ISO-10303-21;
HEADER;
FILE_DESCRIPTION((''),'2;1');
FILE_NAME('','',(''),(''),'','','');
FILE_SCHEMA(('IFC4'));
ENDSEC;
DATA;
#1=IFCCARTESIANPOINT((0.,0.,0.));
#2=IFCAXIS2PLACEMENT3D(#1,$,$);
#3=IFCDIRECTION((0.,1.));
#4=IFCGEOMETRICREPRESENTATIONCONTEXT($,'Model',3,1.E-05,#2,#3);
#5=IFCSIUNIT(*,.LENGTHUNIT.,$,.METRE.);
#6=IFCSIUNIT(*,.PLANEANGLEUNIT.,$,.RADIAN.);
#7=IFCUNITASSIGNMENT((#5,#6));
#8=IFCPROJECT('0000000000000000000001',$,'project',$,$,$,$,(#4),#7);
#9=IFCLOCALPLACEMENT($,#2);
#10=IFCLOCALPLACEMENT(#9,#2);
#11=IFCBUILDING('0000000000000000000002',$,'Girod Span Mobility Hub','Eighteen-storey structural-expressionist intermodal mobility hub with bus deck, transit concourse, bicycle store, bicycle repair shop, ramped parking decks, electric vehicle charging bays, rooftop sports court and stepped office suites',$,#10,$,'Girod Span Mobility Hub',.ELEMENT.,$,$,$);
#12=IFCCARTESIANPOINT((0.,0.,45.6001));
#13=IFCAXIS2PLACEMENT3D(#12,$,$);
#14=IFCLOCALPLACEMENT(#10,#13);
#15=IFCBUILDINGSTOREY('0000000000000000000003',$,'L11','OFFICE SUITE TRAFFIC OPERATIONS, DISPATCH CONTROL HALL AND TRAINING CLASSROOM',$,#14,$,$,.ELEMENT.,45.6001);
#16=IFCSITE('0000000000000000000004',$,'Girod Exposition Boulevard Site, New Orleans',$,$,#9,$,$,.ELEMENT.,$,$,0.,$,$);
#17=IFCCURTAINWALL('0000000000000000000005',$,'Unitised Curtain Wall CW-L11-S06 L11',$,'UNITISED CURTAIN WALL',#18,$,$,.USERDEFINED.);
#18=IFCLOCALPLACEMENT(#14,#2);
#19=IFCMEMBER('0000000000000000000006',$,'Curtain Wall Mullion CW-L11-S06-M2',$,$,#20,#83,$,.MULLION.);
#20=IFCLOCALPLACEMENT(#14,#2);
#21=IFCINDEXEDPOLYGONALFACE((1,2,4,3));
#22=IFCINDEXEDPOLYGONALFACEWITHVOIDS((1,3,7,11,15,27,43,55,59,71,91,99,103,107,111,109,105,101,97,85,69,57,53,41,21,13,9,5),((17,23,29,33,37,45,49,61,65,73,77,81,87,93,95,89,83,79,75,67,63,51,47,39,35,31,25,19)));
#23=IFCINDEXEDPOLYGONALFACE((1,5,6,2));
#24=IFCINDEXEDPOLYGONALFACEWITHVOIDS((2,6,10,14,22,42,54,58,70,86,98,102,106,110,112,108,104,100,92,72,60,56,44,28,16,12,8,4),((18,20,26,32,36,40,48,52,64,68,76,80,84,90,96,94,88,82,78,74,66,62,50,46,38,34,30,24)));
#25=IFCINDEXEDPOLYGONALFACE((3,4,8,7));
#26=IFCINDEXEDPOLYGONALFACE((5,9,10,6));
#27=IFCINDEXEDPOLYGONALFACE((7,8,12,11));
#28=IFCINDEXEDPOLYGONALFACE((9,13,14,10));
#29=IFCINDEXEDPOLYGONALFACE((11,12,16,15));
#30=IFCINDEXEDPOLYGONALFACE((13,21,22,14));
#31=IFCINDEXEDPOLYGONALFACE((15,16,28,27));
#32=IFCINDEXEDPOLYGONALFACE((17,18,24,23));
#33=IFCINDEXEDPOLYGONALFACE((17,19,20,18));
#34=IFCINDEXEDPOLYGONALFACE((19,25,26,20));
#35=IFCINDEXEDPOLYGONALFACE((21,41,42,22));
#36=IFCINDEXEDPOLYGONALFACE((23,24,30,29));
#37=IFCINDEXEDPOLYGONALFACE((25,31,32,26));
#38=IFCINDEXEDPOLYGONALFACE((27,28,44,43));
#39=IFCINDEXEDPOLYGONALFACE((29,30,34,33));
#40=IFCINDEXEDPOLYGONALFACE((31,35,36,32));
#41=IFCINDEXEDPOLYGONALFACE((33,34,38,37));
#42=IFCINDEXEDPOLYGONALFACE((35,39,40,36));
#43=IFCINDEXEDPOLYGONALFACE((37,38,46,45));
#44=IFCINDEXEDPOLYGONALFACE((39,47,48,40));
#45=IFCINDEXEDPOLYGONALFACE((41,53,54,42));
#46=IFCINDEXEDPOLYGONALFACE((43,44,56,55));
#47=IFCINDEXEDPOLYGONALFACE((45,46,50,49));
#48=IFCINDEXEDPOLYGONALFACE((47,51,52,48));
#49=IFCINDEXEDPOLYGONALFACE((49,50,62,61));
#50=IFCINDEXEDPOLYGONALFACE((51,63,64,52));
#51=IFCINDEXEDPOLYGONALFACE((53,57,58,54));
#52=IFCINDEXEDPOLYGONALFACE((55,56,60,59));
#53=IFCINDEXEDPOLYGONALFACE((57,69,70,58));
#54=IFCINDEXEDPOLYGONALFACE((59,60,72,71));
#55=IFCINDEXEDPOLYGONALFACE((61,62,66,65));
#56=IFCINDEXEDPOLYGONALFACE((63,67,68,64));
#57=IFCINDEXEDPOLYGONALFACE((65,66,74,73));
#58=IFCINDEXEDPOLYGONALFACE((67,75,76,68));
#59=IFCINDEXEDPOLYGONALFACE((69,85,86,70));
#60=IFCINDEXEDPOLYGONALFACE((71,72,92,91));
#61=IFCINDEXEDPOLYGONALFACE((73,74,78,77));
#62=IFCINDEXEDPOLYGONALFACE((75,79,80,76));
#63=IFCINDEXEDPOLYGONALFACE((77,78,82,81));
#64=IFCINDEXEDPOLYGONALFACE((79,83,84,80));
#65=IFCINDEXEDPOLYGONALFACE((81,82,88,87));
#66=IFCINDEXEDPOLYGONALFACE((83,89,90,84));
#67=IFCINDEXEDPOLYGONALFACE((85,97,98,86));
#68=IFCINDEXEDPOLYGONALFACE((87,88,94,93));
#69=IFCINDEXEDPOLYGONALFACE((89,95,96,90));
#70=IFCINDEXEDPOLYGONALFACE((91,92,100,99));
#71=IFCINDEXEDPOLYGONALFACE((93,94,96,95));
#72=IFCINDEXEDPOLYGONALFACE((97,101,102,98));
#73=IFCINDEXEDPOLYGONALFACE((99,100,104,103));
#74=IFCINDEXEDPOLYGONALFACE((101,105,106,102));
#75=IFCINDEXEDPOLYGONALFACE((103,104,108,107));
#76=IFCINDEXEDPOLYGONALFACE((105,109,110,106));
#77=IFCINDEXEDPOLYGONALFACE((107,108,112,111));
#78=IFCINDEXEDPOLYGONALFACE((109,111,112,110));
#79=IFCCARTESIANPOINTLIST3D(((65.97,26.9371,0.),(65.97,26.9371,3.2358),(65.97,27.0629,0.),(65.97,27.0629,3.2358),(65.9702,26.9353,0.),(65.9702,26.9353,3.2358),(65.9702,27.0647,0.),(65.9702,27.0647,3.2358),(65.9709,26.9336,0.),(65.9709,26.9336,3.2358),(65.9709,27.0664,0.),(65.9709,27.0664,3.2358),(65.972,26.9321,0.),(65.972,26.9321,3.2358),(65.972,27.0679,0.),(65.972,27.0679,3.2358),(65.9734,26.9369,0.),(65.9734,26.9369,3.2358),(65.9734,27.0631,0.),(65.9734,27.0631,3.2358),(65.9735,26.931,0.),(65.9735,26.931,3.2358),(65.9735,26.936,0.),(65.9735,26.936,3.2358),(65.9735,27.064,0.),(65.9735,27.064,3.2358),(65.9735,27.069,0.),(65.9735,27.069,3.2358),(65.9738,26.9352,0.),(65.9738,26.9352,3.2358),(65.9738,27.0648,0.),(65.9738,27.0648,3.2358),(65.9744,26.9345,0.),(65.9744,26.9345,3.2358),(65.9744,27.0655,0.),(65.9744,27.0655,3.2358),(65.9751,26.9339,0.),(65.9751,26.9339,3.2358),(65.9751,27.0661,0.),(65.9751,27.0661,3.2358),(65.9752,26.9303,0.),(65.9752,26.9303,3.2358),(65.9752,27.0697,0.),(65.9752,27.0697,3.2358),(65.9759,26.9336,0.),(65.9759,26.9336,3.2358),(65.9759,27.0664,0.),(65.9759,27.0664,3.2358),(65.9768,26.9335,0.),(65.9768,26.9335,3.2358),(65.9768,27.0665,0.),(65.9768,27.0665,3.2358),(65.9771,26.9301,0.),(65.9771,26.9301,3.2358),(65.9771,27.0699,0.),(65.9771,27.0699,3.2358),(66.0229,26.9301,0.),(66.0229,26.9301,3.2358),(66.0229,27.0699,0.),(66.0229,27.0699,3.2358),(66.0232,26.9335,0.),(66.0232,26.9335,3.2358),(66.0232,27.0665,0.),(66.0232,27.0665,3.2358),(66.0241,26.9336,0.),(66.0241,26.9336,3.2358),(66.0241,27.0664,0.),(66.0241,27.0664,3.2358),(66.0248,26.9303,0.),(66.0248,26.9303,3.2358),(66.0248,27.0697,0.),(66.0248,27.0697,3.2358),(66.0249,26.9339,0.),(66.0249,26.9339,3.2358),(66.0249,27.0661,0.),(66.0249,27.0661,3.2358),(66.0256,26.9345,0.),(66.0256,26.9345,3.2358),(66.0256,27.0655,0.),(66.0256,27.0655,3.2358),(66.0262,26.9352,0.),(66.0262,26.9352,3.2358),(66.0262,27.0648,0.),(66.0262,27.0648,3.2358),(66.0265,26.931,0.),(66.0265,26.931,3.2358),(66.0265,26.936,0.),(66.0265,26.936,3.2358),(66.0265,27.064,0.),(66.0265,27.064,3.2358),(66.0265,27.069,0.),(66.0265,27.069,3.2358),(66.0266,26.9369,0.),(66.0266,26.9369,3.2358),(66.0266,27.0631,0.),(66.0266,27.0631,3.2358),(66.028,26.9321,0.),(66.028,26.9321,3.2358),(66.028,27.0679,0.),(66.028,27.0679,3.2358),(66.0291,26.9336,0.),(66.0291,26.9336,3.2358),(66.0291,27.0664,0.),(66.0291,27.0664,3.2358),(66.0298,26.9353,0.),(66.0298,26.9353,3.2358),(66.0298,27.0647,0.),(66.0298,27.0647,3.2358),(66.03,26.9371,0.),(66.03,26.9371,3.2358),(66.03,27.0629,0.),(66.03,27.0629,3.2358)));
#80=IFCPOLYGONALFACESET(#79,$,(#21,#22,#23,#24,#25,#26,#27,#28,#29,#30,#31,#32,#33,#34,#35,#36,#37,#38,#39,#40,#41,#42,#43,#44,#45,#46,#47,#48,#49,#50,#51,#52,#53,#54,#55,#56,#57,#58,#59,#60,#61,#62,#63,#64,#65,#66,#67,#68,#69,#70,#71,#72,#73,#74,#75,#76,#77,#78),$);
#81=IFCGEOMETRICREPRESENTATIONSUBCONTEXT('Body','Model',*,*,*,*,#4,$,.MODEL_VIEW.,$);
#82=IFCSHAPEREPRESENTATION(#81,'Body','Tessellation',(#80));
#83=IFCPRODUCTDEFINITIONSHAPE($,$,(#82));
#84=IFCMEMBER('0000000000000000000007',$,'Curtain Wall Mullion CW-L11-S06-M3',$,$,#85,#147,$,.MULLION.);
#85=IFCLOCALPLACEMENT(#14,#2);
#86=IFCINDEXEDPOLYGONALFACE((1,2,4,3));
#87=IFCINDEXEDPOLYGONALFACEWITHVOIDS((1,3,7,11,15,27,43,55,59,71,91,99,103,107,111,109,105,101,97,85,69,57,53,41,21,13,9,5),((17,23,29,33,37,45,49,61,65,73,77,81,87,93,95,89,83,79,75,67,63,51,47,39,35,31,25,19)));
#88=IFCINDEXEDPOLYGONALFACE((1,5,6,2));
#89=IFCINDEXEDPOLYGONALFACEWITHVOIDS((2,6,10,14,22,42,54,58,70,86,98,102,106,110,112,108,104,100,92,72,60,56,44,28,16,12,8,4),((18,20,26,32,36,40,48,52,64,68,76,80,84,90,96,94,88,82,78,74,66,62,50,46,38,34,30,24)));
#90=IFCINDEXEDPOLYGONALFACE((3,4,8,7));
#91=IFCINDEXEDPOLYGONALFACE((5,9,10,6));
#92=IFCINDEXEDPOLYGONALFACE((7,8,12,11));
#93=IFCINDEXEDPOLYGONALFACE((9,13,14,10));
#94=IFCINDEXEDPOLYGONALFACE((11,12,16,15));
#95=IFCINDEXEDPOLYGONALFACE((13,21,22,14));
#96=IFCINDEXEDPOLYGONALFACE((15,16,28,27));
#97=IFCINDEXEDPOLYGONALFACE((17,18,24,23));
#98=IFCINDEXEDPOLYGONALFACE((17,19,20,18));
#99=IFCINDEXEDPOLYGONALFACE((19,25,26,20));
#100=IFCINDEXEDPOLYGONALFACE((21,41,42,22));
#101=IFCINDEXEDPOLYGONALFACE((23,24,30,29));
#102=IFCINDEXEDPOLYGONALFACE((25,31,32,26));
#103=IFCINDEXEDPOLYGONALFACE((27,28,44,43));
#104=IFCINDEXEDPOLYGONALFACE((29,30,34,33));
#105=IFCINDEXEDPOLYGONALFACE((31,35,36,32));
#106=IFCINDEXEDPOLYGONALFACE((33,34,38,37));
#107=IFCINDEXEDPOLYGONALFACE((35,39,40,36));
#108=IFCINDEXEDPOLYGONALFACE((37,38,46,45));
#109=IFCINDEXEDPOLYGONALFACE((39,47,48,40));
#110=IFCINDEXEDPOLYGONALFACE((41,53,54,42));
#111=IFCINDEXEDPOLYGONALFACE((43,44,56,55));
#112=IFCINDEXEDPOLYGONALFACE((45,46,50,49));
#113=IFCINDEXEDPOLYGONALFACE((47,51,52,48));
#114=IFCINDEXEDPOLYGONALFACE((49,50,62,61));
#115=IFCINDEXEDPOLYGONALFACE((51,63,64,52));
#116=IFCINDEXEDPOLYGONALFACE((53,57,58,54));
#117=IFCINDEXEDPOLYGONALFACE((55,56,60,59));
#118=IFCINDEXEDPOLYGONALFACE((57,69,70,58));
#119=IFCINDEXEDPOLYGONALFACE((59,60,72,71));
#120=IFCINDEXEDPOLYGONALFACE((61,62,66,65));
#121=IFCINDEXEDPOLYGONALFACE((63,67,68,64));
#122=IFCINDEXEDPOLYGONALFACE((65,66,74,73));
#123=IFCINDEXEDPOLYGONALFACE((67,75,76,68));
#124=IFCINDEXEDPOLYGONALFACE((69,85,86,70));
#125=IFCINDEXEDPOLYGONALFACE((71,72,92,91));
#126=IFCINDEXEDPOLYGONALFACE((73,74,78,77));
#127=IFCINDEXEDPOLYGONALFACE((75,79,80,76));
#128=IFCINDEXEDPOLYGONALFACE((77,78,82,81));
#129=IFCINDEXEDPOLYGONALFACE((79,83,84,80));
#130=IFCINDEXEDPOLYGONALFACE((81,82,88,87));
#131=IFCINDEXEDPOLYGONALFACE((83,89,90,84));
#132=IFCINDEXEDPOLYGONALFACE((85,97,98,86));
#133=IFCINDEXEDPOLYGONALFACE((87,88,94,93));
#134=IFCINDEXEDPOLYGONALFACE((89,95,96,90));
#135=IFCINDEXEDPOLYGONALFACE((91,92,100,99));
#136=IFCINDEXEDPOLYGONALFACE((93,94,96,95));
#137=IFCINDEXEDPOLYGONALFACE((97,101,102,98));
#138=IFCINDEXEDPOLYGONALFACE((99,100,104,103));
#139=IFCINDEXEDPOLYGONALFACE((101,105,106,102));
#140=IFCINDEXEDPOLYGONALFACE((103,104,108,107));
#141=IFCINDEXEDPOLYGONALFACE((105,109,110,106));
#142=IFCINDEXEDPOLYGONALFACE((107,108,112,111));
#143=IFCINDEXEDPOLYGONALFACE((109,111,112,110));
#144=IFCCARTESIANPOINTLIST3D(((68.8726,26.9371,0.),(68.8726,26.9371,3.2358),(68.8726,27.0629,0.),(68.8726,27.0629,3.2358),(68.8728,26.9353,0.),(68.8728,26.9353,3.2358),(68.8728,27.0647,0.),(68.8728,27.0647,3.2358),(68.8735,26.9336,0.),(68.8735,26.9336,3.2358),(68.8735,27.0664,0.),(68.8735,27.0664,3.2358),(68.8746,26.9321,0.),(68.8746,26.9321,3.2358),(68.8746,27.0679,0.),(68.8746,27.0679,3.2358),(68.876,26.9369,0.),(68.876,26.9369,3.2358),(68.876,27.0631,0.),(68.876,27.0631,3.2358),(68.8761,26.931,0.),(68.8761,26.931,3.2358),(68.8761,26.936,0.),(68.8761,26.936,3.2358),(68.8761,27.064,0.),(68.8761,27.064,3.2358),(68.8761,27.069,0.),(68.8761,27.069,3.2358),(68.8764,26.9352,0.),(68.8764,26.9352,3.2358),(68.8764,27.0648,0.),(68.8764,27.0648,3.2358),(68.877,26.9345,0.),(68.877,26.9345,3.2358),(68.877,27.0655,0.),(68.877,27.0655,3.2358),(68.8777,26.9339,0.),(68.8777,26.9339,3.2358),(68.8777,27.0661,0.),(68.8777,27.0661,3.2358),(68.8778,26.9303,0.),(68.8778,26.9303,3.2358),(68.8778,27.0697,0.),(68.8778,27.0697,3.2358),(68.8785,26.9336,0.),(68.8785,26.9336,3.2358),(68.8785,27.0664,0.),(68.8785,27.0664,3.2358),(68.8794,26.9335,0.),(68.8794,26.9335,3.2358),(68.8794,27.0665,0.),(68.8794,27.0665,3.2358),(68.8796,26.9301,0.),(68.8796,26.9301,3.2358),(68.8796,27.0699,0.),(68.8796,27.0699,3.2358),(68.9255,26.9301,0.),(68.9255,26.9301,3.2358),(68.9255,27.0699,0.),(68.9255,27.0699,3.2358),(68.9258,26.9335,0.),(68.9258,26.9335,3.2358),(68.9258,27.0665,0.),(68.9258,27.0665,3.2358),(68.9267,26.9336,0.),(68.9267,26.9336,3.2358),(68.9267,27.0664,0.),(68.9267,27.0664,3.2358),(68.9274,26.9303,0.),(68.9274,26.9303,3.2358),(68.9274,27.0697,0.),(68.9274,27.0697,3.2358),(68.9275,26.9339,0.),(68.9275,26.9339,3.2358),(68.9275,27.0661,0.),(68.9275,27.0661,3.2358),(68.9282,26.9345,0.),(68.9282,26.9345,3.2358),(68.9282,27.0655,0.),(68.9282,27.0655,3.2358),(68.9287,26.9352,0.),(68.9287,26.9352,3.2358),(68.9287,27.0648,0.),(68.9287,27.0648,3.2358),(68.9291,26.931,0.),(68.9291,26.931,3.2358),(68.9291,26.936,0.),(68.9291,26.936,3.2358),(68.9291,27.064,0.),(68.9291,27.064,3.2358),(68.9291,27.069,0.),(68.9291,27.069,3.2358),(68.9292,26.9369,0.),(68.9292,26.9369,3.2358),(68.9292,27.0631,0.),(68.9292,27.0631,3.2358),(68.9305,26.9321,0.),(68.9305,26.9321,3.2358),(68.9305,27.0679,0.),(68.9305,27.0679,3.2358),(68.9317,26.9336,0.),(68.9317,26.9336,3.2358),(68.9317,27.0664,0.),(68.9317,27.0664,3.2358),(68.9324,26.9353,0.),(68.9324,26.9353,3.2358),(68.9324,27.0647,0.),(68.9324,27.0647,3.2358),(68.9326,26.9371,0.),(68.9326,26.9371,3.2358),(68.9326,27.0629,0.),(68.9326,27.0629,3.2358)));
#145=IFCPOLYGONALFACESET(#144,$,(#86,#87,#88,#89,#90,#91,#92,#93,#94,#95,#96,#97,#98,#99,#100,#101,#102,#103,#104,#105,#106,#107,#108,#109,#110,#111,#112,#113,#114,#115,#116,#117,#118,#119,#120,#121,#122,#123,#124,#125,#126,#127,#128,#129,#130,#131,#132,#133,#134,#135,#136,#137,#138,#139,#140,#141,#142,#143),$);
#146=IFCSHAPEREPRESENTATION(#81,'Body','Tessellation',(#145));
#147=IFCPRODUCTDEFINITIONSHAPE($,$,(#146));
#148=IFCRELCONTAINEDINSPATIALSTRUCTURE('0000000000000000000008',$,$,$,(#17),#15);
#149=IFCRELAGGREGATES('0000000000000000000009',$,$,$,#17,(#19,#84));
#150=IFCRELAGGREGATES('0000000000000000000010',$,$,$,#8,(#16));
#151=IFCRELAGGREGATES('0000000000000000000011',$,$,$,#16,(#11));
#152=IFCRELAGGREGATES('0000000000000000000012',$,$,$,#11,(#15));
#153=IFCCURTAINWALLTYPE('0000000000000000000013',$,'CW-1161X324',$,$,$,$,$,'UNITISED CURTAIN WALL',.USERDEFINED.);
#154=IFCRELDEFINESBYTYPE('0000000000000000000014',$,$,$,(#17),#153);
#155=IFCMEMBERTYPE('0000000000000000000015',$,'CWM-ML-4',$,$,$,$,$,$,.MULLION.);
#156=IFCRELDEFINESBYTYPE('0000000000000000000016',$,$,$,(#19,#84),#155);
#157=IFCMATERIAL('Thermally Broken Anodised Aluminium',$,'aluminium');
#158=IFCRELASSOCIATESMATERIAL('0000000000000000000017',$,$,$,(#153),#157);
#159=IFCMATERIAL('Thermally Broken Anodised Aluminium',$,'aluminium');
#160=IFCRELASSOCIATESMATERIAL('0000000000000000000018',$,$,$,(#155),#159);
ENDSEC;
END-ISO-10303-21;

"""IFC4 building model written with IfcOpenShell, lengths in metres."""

from ifc_helpers import new_model, si_unit, direction, frame, origin, origin_2d, place, context, subcontext, project, spatial, hollow_rectangle, extrude, material, material_profile, profile_set, type_object, element, aggregate, save


model = new_model("IFC4")

# Units and contexts
model_context = context("Model", 3, precision=1e-05, world=origin(), true_north=direction((0.0, 1.0)))
body_context = subcontext(model_context, "Body", "Model", "MODEL_VIEW")
ifc_project = project(units=[si_unit("LENGTHUNIT", "METRE"), si_unit("PLANEANGLEUNIT", "RADIAN")], contexts=[model_context])

# Site, building, storey
site_placement = place(None, origin())
site = spatial("IfcSite", under=ifc_project, at=site_placement, Name="Girod Exposition Boulevard Site, New Orleans", CompositionType="ELEMENT", RefElevation=0.0)
building_placement = place(site_placement, origin())
building = spatial("IfcBuilding", under=site, at=building_placement, Name="Girod Span Mobility Hub", Description="Eighteen-storey structural-expressionist intermodal mobility hub with bus deck, transit concourse, bicycle store, bicycle repair shop, ramped parking decks, electric vehicle charging bays, rooftop sports court and stepped office suites", LongName="Girod Span Mobility Hub", CompositionType="ELEMENT")
storey_placement = place(building_placement, frame((0.0, 0.0, 45.6001)))
storey = spatial("IfcBuildingStorey", under=building, at=storey_placement, Name="L11", Description="OFFICE SUITE TRAFFIC OPERATIONS, DISPATCH CONTROL HALL AND TRAINING CLASSROOM", CompositionType="ELEMENT", Elevation=45.6001)

# Curtain wall, members
ifc_material_1 = material(Name="Thermally Broken Anodised Aluminium", Category="aluminium")
curtain_wall_type = type_object("IfcCurtainWallType", Name="CW-1161X324", ElementType="UNITISED CURTAIN WALL", PredefinedType="USERDEFINED", material=ifc_material_1)
curtain_wall_placement = place(storey_placement, origin())
curtain_wall = element("IfcCurtainWall", 1, at=curtain_wall_placement, inside=storey, type_object=curtain_wall_type, Name="Unitised Curtain Wall CW-L11-S06 L11", ObjectType="UNITISED CURTAIN WALL", PredefinedType="USERDEFINED")
ifc_material_2 = material(Name="Thermally Broken Anodised Aluminium", Category="aluminium")
ifc_material_profile_1 = material_profile(ifc_material_2, hollow_rectangle(XDim=0.1399, YDim=0.0601, WallThickness=0.0034, InnerFilletRadius=0.0034, OuterFilletRadius=0.0071, at=origin_2d()), Name="CW-ML-60X140")
ifc_profile_set_1 = profile_set([ifc_material_profile_1], Name="Thermally Broken Anodised Aluminium")
member_type_1 = type_object("IfcMemberType", Name="CWM-ML-4", PredefinedType="MULLION", material=ifc_profile_set_1)
member_1_placement = place(storey_placement, frame((66.0, 27.0, 0.0), z_axis=(0.0, 0.0, 1.0), x_axis=(0.0, 1.0, 0.0)))
member_1 = element("IfcMember", 2, at=member_1_placement, type_object=member_type_1, Name="Curtain Wall Mullion CW-L11-S06-M2", PredefinedType="MULLION", context=body_context, shape_type="SweptSolid", body=[
    extrude(hollow_rectangle(XDim=0.1399, YDim=0.0601, WallThickness=0.0034, InnerFilletRadius=0.0034, OuterFilletRadius=0.0071, at=origin_2d()), origin(), (0.0, 0.0, 1.0), 3.2358),
])
member_2_placement = place(storey_placement, frame((68.9026, 27.0, 0.0), z_axis=(0.0, 0.0, 1.0), x_axis=(0.0, 1.0, 0.0)))
member_2 = element("IfcMember", 3, at=member_2_placement, type_object=member_type_1, Name="Curtain Wall Mullion CW-L11-S06-M3", PredefinedType="MULLION", context=body_context, shape_type="SweptSolid", body=[
    extrude(hollow_rectangle(XDim=0.1399, YDim=0.0601, WallThickness=0.0034, InnerFilletRadius=0.0034, OuterFilletRadius=0.0071, at=origin_2d()), origin(), (0.0, 0.0, 1.0), 3.2358),
])

aggregate(curtain_wall, [member_1, member_2])

save(model, "model.ifc")
